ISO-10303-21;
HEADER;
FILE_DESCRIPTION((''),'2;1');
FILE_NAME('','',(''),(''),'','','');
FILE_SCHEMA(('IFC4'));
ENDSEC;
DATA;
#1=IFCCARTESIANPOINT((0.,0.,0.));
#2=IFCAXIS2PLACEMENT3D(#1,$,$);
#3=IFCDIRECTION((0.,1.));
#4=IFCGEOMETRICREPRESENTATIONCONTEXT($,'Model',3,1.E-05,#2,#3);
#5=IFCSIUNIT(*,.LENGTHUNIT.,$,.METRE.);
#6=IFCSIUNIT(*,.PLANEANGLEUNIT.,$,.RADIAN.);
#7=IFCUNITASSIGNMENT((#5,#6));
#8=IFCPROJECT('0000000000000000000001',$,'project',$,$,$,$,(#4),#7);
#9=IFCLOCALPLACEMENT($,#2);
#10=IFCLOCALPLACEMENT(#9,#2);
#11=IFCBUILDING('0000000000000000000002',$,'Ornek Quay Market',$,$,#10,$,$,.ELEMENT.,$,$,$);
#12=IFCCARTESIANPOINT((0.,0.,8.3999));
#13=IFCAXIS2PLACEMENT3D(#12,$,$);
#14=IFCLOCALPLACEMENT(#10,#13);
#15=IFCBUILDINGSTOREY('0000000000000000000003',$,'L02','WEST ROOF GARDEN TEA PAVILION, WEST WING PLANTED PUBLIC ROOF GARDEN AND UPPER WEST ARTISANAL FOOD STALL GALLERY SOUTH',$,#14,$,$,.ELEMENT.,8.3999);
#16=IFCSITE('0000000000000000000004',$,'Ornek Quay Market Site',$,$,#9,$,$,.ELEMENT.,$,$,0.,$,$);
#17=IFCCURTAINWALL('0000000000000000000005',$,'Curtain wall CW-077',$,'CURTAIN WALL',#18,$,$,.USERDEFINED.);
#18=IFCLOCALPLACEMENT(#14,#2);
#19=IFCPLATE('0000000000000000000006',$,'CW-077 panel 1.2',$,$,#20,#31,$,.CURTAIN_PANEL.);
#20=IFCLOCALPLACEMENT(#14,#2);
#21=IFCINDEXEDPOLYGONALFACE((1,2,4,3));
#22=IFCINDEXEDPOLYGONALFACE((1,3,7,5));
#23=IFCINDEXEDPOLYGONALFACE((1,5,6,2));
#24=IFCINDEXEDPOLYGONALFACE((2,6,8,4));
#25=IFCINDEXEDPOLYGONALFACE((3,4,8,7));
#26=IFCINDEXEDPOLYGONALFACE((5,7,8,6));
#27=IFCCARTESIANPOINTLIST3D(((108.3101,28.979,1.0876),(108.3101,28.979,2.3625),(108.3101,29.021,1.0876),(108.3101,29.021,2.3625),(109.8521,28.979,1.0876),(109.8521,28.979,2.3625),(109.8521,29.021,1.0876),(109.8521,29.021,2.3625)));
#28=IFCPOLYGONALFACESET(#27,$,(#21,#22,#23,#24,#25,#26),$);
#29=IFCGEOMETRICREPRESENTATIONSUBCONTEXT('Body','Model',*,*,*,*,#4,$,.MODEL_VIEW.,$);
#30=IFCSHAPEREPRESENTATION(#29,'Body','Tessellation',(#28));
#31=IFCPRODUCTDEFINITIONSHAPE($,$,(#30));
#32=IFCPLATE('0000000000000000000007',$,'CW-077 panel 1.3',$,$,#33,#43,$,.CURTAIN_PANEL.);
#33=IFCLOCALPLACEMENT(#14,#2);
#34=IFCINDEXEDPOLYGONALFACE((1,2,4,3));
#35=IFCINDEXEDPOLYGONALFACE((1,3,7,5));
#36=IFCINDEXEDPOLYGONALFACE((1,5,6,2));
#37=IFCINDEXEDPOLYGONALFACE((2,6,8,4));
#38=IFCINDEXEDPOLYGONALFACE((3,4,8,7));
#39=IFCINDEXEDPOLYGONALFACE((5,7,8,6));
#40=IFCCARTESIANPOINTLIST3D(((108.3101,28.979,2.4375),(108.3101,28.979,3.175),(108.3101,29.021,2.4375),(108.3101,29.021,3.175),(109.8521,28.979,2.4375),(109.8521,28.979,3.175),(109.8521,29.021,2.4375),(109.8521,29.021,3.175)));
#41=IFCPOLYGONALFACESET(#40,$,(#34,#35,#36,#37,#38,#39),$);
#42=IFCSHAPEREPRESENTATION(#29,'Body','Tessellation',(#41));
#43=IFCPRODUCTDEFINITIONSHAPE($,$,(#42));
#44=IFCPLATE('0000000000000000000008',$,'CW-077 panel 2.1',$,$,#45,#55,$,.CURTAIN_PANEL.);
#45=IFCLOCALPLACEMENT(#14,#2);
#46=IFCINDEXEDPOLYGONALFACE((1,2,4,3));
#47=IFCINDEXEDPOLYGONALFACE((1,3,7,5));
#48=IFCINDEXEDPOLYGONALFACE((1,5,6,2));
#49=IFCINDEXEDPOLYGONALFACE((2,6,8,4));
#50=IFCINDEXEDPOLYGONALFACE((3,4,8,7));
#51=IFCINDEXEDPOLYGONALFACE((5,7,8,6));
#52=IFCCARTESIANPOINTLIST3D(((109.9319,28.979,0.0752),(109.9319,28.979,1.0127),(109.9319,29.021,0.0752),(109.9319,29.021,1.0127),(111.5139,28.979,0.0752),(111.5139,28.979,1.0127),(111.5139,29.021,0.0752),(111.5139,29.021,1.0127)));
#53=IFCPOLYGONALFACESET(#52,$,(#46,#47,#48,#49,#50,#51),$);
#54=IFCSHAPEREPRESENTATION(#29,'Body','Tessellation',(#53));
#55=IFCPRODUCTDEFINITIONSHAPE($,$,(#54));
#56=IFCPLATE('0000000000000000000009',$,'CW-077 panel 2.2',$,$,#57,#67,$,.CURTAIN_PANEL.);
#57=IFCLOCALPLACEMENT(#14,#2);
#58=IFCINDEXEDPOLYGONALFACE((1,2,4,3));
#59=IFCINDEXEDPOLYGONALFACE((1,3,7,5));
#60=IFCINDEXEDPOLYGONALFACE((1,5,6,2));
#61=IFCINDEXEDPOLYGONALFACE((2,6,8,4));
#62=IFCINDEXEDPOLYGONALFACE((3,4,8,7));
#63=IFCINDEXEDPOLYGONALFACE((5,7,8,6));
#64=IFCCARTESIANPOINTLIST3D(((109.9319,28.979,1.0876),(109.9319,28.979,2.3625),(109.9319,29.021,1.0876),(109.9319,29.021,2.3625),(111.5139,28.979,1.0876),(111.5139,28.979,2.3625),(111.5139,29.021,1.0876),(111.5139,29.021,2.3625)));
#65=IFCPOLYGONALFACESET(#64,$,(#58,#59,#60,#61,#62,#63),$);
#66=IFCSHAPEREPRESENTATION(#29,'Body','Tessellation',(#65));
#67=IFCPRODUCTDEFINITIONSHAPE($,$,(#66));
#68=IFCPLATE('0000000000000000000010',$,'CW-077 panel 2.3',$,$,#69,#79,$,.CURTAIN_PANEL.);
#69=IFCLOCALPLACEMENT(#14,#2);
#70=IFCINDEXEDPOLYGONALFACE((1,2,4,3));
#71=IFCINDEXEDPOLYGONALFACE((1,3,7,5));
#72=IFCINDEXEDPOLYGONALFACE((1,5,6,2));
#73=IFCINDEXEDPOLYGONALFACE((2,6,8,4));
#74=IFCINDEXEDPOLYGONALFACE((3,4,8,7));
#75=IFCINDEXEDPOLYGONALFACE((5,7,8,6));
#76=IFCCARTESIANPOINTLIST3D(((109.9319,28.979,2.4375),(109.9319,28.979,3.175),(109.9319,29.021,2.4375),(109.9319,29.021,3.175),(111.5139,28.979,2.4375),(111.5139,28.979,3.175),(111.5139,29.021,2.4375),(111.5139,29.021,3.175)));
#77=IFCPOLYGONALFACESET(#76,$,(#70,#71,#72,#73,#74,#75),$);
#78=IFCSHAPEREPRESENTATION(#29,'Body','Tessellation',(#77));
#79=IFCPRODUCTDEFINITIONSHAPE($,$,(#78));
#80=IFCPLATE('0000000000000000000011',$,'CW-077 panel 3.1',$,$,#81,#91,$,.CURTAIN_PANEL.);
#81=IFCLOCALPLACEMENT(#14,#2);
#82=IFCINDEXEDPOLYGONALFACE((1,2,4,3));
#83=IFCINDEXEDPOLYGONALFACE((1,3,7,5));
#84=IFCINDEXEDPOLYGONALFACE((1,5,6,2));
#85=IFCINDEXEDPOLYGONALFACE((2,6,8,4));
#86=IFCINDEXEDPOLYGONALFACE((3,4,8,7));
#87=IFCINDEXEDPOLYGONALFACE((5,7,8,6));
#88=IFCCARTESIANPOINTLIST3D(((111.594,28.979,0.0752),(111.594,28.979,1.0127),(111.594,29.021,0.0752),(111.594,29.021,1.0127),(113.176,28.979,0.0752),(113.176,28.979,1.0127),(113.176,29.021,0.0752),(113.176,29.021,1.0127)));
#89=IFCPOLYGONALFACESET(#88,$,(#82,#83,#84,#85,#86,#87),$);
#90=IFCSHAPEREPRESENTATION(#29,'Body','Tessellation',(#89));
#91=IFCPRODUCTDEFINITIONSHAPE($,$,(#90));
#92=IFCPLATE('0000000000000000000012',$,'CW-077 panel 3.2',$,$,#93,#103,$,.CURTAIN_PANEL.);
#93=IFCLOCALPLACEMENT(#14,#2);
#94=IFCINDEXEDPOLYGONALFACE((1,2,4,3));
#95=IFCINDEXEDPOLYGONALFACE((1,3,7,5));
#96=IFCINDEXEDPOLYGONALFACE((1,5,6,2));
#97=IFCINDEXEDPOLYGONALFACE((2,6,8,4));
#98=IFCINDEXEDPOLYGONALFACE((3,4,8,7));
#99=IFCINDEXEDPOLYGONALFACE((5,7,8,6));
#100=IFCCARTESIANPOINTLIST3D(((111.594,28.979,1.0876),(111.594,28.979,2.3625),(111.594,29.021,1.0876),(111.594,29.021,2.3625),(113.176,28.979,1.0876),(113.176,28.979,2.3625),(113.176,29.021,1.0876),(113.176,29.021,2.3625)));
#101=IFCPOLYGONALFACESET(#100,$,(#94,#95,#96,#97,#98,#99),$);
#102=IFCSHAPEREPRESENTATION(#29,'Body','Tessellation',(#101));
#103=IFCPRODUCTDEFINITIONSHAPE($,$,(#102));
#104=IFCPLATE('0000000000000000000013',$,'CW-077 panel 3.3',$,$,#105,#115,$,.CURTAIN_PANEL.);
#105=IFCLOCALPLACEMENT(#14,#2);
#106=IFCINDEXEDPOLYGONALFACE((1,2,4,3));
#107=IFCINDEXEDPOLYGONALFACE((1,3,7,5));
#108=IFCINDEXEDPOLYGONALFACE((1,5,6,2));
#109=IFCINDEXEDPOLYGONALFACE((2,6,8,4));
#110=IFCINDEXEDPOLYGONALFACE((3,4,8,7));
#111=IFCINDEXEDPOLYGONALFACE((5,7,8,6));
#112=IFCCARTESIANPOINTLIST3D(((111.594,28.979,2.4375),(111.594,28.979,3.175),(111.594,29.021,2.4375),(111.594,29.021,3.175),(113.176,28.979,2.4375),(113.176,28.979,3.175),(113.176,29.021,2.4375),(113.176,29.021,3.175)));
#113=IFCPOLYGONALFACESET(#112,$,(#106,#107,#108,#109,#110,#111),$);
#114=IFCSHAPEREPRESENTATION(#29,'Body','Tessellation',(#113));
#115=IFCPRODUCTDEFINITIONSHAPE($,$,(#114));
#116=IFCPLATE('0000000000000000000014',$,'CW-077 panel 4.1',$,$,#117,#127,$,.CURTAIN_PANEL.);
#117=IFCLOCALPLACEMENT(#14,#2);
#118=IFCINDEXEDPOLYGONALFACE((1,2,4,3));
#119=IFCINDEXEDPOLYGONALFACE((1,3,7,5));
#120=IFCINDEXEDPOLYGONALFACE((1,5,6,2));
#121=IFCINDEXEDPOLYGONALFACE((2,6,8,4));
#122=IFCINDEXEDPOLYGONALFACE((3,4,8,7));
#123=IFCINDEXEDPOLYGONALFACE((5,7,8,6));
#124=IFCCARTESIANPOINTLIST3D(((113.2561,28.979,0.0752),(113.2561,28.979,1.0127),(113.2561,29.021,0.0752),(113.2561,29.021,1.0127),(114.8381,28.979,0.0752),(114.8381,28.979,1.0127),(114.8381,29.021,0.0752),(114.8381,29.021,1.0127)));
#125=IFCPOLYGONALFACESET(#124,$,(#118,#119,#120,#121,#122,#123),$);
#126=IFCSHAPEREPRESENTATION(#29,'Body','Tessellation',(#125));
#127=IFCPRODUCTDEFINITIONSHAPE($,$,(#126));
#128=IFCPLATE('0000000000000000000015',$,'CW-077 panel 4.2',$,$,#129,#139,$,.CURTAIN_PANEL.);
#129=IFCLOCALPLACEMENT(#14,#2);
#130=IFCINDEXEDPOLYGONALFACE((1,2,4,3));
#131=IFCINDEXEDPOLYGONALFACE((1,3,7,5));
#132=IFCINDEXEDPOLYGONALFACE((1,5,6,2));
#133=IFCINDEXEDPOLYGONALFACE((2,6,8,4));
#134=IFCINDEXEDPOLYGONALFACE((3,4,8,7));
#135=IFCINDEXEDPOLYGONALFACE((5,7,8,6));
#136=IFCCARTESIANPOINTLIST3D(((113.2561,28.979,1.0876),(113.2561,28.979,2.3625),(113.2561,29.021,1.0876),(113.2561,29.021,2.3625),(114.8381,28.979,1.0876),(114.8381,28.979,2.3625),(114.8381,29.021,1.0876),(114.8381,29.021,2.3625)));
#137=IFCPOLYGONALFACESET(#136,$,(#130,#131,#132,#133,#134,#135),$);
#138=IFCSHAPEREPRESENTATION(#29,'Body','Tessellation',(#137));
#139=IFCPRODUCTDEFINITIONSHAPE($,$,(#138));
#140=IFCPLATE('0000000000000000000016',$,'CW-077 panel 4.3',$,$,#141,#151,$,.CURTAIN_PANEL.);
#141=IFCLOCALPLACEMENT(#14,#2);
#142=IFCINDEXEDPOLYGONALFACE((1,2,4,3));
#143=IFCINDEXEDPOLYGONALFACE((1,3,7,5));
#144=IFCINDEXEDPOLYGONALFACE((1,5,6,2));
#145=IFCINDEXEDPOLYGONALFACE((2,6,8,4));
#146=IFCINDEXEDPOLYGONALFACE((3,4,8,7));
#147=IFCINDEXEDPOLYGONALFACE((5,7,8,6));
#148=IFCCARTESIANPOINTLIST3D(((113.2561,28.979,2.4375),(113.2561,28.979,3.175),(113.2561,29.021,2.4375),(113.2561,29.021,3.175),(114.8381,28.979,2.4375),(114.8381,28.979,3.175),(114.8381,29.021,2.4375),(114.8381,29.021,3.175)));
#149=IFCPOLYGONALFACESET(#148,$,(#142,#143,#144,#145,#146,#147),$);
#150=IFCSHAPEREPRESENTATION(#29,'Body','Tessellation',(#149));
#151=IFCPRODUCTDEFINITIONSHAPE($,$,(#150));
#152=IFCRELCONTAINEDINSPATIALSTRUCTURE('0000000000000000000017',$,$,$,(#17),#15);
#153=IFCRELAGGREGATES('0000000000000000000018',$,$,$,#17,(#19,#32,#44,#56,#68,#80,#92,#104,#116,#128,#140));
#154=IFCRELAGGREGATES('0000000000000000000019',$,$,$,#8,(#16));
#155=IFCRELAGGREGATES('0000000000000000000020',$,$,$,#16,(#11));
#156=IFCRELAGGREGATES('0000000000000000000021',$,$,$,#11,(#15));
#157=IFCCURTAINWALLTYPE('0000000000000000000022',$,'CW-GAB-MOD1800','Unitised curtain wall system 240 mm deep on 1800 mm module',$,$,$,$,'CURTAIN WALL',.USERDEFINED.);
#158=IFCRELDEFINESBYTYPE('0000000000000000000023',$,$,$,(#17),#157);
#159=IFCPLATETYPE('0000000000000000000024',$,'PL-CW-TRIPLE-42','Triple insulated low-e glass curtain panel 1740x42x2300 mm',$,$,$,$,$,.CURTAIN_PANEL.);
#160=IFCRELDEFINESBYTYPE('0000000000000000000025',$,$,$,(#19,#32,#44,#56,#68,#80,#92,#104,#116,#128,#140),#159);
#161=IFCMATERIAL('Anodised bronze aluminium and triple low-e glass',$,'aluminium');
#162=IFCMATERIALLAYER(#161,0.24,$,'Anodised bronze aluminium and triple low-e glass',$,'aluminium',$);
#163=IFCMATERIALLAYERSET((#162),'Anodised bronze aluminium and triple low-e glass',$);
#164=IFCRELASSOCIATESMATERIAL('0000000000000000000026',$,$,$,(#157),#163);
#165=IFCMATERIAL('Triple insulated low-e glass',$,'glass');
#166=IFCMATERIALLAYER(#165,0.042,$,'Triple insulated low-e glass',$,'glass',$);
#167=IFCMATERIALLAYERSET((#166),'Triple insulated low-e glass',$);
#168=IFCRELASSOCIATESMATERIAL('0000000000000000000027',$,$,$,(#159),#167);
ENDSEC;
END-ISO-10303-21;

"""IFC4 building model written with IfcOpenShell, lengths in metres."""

from ifc_helpers import new_model, si_unit, direction, frame, origin, origin_2d, place, context, subcontext, project, spatial, rectangle, extrude, material, layer, layer_set, type_object, element, aggregate, save


model = new_model("IFC4")

# Units and contexts
model_context = context("Model", 3, precision=1e-05, world=origin(), true_north=direction((0.0, 1.0)))
body_context = subcontext(model_context, "Body", "Model", "MODEL_VIEW")
ifc_project = project(units=[si_unit("LENGTHUNIT", "METRE"), si_unit("PLANEANGLEUNIT", "RADIAN")], contexts=[model_context])

# Site, building, storey
site_placement = place(None, origin())
site = spatial("IfcSite", under=ifc_project, at=site_placement, Name="Ornek Quay Market Site", CompositionType="ELEMENT", RefElevation=0.0)
building_placement = place(site_placement, origin())
building = spatial("IfcBuilding", under=site, at=building_placement, Name="Ornek Quay Market", CompositionType="ELEMENT")
storey_placement = place(building_placement, frame((0.0, 0.0, 8.3999)))
storey = spatial("IfcBuildingStorey", under=building, at=storey_placement, Name="L02", Description="WEST ROOF GARDEN TEA PAVILION, WEST WING PLANTED PUBLIC ROOF GARDEN AND UPPER WEST ARTISANAL FOOD STALL GALLERY SOUTH", CompositionType="ELEMENT", Elevation=8.3999)

# Curtain wall, plates
ifc_material_1 = material(Name="Anodised bronze aluminium and triple low-e glass", Category="aluminium")
ifc_layer_1 = layer(ifc_material_1, 0.24, Name="Anodised bronze aluminium and triple low-e glass", Category="aluminium")
ifc_layer_set_1 = layer_set([ifc_layer_1], Name="Anodised bronze aluminium and triple low-e glass")
curtain_wall_type = type_object("IfcCurtainWallType", Name="CW-GAB-MOD1800", Description="Unitised curtain wall system 240 mm deep on 1800 mm module", ElementType="CURTAIN WALL", PredefinedType="USERDEFINED", material=ifc_layer_set_1)
curtain_wall_placement = place(storey_placement, origin())
curtain_wall = element("IfcCurtainWall", 1, at=curtain_wall_placement, inside=storey, type_object=curtain_wall_type, Name="Curtain wall CW-077", ObjectType="CURTAIN WALL", PredefinedType="USERDEFINED")
ifc_material_2 = material(Name="Triple insulated low-e glass", Category="glass")
ifc_layer_2 = layer(ifc_material_2, 0.042, Name="Triple insulated low-e glass", Category="glass")
ifc_layer_set_2 = layer_set([ifc_layer_2], Name="Triple insulated low-e glass")
plate_type = type_object("IfcPlateType", Name="PL-CW-TRIPLE-42", Description="Triple insulated low-e glass curtain panel 1740x42x2300 mm", PredefinedType="CURTAIN_PANEL", material=ifc_layer_set_2)
plate_1_placement = place(storey_placement, frame((109.0811, 29.0, 1.0876), z_axis=(0.0, 0.0, 1.0), x_axis=(1.0, 0.0, 0.0)))
plate_1 = element("IfcPlate", 2, at=plate_1_placement, type_object=plate_type, Name="CW-077 panel 1.2", PredefinedType="CURTAIN_PANEL", context=body_context, shape_type="SweptSolid", body=[
    extrude(rectangle(XDim=1.542, YDim=0.042, at=origin_2d()), origin(), (0.0, 0.0, 1.0), 1.2749),
])
plate_2_placement = place(storey_placement, frame((109.0811, 29.0, 2.4375), z_axis=(0.0, 0.0, 1.0), x_axis=(1.0, 0.0, 0.0)))
plate_2 = element("IfcPlate", 3, at=plate_2_placement, type_object=plate_type, Name="CW-077 panel 1.3", PredefinedType="CURTAIN_PANEL", context=body_context, shape_type="SweptSolid", body=[
    extrude(rectangle(XDim=1.542, YDim=0.042, at=origin_2d()), origin(), (0.0, 0.0, 1.0), 0.7375),
])
plate_3_placement = place(storey_placement, frame((110.7229, 29.0, 0.0752), z_axis=(0.0, 0.0, 1.0), x_axis=(1.0, 0.0, 0.0)))
plate_3 = element("IfcPlate", 4, at=plate_3_placement, type_object=plate_type, Name="CW-077 panel 2.1", PredefinedType="CURTAIN_PANEL", context=body_context, shape_type="SweptSolid", body=[
    extrude(rectangle(XDim=1.582, YDim=0.042, at=origin_2d()), origin(), (0.0, 0.0, 1.0), 0.9375),
])
plate_4_placement = place(storey_placement, frame((110.7229, 29.0, 1.0876), z_axis=(0.0, 0.0, 1.0), x_axis=(1.0, 0.0, 0.0)))
plate_4 = element("IfcPlate", 5, at=plate_4_placement, type_object=plate_type, Name="CW-077 panel 2.2", PredefinedType="CURTAIN_PANEL", context=body_context, shape_type="SweptSolid", body=[
    extrude(rectangle(XDim=1.582, YDim=0.042, at=origin_2d()), origin(), (0.0, 0.0, 1.0), 1.2749),
])
plate_5_placement = place(storey_placement, frame((110.7229, 29.0, 2.4375), z_axis=(0.0, 0.0, 1.0), x_axis=(1.0, 0.0, 0.0)))
plate_5 = element("IfcPlate", 6, at=plate_5_placement, type_object=plate_type, Name="CW-077 panel 2.3", PredefinedType="CURTAIN_PANEL", context=body_context, shape_type="SweptSolid", body=[
    extrude(rectangle(XDim=1.582, YDim=0.042, at=origin_2d()), origin(), (0.0, 0.0, 1.0), 0.7375),
])
plate_6_placement = place(storey_placement, frame((112.385, 29.0, 0.0752), z_axis=(0.0, 0.0, 1.0), x_axis=(1.0, 0.0, 0.0)))
plate_6 = element("IfcPlate", 7, at=plate_6_placement, type_object=plate_type, Name="CW-077 panel 3.1", PredefinedType="CURTAIN_PANEL", context=body_context, shape_type="SweptSolid", body=[
    extrude(rectangle(XDim=1.582, YDim=0.042, at=origin_2d()), origin(), (0.0, 0.0, 1.0), 0.9375),
])
plate_7_placement = place(storey_placement, frame((112.385, 29.0, 1.0876), z_axis=(0.0, 0.0, 1.0), x_axis=(1.0, 0.0, 0.0)))
plate_7 = element("IfcPlate", 8, at=plate_7_placement, type_object=plate_type, Name="CW-077 panel 3.2", PredefinedType="CURTAIN_PANEL", context=body_context, shape_type="SweptSolid", body=[
    extrude(rectangle(XDim=1.582, YDim=0.042, at=origin_2d()), origin(), (0.0, 0.0, 1.0), 1.2749),
])
plate_8_placement = place(storey_placement, frame((112.385, 29.0, 2.4375), z_axis=(0.0, 0.0, 1.0), x_axis=(1.0, 0.0, 0.0)))
plate_8 = element("IfcPlate", 9, at=plate_8_placement, type_object=plate_type, Name="CW-077 panel 3.3", PredefinedType="CURTAIN_PANEL", context=body_context, shape_type="SweptSolid", body=[
    extrude(rectangle(XDim=1.582, YDim=0.042, at=origin_2d()), origin(), (0.0, 0.0, 1.0), 0.7375),
])
plate_9_placement = place(storey_placement, frame((114.0471, 29.0, 0.0752), z_axis=(0.0, 0.0, 1.0), x_axis=(1.0, 0.0, 0.0)))
plate_9 = element("IfcPlate", 10, at=plate_9_placement, type_object=plate_type, Name="CW-077 panel 4.1", PredefinedType="CURTAIN_PANEL", context=body_context, shape_type="SweptSolid", body=[
    extrude(rectangle(XDim=1.582, YDim=0.042, at=origin_2d()), origin(), (0.0, 0.0, 1.0), 0.9375),
])
plate_10_placement = place(storey_placement, frame((114.0471, 29.0, 1.0876), z_axis=(0.0, 0.0, 1.0), x_axis=(1.0, 0.0, 0.0)))
plate_10 = element("IfcPlate", 11, at=plate_10_placement, type_object=plate_type, Name="CW-077 panel 4.2", PredefinedType="CURTAIN_PANEL", context=body_context, shape_type="SweptSolid", body=[
    extrude(rectangle(XDim=1.582, YDim=0.042, at=origin_2d()), origin(), (0.0, 0.0, 1.0), 1.2749),
])
plate_11_placement = place(storey_placement, frame((114.0471, 29.0, 2.4375), z_axis=(0.0, 0.0, 1.0), x_axis=(1.0, 0.0, 0.0)))
plate_11 = element("IfcPlate", 12, at=plate_11_placement, type_object=plate_type, Name="CW-077 panel 4.3", PredefinedType="CURTAIN_PANEL", context=body_context, shape_type="SweptSolid", body=[
    extrude(rectangle(XDim=1.582, YDim=0.042, at=origin_2d()), origin(), (0.0, 0.0, 1.0), 0.7375),
])
aggregate(curtain_wall, [plate_1, plate_2, plate_3, plate_4, plate_5, plate_6, plate_7, plate_8, plate_9, plate_10, plate_11])

save(model, "model.ifc")
